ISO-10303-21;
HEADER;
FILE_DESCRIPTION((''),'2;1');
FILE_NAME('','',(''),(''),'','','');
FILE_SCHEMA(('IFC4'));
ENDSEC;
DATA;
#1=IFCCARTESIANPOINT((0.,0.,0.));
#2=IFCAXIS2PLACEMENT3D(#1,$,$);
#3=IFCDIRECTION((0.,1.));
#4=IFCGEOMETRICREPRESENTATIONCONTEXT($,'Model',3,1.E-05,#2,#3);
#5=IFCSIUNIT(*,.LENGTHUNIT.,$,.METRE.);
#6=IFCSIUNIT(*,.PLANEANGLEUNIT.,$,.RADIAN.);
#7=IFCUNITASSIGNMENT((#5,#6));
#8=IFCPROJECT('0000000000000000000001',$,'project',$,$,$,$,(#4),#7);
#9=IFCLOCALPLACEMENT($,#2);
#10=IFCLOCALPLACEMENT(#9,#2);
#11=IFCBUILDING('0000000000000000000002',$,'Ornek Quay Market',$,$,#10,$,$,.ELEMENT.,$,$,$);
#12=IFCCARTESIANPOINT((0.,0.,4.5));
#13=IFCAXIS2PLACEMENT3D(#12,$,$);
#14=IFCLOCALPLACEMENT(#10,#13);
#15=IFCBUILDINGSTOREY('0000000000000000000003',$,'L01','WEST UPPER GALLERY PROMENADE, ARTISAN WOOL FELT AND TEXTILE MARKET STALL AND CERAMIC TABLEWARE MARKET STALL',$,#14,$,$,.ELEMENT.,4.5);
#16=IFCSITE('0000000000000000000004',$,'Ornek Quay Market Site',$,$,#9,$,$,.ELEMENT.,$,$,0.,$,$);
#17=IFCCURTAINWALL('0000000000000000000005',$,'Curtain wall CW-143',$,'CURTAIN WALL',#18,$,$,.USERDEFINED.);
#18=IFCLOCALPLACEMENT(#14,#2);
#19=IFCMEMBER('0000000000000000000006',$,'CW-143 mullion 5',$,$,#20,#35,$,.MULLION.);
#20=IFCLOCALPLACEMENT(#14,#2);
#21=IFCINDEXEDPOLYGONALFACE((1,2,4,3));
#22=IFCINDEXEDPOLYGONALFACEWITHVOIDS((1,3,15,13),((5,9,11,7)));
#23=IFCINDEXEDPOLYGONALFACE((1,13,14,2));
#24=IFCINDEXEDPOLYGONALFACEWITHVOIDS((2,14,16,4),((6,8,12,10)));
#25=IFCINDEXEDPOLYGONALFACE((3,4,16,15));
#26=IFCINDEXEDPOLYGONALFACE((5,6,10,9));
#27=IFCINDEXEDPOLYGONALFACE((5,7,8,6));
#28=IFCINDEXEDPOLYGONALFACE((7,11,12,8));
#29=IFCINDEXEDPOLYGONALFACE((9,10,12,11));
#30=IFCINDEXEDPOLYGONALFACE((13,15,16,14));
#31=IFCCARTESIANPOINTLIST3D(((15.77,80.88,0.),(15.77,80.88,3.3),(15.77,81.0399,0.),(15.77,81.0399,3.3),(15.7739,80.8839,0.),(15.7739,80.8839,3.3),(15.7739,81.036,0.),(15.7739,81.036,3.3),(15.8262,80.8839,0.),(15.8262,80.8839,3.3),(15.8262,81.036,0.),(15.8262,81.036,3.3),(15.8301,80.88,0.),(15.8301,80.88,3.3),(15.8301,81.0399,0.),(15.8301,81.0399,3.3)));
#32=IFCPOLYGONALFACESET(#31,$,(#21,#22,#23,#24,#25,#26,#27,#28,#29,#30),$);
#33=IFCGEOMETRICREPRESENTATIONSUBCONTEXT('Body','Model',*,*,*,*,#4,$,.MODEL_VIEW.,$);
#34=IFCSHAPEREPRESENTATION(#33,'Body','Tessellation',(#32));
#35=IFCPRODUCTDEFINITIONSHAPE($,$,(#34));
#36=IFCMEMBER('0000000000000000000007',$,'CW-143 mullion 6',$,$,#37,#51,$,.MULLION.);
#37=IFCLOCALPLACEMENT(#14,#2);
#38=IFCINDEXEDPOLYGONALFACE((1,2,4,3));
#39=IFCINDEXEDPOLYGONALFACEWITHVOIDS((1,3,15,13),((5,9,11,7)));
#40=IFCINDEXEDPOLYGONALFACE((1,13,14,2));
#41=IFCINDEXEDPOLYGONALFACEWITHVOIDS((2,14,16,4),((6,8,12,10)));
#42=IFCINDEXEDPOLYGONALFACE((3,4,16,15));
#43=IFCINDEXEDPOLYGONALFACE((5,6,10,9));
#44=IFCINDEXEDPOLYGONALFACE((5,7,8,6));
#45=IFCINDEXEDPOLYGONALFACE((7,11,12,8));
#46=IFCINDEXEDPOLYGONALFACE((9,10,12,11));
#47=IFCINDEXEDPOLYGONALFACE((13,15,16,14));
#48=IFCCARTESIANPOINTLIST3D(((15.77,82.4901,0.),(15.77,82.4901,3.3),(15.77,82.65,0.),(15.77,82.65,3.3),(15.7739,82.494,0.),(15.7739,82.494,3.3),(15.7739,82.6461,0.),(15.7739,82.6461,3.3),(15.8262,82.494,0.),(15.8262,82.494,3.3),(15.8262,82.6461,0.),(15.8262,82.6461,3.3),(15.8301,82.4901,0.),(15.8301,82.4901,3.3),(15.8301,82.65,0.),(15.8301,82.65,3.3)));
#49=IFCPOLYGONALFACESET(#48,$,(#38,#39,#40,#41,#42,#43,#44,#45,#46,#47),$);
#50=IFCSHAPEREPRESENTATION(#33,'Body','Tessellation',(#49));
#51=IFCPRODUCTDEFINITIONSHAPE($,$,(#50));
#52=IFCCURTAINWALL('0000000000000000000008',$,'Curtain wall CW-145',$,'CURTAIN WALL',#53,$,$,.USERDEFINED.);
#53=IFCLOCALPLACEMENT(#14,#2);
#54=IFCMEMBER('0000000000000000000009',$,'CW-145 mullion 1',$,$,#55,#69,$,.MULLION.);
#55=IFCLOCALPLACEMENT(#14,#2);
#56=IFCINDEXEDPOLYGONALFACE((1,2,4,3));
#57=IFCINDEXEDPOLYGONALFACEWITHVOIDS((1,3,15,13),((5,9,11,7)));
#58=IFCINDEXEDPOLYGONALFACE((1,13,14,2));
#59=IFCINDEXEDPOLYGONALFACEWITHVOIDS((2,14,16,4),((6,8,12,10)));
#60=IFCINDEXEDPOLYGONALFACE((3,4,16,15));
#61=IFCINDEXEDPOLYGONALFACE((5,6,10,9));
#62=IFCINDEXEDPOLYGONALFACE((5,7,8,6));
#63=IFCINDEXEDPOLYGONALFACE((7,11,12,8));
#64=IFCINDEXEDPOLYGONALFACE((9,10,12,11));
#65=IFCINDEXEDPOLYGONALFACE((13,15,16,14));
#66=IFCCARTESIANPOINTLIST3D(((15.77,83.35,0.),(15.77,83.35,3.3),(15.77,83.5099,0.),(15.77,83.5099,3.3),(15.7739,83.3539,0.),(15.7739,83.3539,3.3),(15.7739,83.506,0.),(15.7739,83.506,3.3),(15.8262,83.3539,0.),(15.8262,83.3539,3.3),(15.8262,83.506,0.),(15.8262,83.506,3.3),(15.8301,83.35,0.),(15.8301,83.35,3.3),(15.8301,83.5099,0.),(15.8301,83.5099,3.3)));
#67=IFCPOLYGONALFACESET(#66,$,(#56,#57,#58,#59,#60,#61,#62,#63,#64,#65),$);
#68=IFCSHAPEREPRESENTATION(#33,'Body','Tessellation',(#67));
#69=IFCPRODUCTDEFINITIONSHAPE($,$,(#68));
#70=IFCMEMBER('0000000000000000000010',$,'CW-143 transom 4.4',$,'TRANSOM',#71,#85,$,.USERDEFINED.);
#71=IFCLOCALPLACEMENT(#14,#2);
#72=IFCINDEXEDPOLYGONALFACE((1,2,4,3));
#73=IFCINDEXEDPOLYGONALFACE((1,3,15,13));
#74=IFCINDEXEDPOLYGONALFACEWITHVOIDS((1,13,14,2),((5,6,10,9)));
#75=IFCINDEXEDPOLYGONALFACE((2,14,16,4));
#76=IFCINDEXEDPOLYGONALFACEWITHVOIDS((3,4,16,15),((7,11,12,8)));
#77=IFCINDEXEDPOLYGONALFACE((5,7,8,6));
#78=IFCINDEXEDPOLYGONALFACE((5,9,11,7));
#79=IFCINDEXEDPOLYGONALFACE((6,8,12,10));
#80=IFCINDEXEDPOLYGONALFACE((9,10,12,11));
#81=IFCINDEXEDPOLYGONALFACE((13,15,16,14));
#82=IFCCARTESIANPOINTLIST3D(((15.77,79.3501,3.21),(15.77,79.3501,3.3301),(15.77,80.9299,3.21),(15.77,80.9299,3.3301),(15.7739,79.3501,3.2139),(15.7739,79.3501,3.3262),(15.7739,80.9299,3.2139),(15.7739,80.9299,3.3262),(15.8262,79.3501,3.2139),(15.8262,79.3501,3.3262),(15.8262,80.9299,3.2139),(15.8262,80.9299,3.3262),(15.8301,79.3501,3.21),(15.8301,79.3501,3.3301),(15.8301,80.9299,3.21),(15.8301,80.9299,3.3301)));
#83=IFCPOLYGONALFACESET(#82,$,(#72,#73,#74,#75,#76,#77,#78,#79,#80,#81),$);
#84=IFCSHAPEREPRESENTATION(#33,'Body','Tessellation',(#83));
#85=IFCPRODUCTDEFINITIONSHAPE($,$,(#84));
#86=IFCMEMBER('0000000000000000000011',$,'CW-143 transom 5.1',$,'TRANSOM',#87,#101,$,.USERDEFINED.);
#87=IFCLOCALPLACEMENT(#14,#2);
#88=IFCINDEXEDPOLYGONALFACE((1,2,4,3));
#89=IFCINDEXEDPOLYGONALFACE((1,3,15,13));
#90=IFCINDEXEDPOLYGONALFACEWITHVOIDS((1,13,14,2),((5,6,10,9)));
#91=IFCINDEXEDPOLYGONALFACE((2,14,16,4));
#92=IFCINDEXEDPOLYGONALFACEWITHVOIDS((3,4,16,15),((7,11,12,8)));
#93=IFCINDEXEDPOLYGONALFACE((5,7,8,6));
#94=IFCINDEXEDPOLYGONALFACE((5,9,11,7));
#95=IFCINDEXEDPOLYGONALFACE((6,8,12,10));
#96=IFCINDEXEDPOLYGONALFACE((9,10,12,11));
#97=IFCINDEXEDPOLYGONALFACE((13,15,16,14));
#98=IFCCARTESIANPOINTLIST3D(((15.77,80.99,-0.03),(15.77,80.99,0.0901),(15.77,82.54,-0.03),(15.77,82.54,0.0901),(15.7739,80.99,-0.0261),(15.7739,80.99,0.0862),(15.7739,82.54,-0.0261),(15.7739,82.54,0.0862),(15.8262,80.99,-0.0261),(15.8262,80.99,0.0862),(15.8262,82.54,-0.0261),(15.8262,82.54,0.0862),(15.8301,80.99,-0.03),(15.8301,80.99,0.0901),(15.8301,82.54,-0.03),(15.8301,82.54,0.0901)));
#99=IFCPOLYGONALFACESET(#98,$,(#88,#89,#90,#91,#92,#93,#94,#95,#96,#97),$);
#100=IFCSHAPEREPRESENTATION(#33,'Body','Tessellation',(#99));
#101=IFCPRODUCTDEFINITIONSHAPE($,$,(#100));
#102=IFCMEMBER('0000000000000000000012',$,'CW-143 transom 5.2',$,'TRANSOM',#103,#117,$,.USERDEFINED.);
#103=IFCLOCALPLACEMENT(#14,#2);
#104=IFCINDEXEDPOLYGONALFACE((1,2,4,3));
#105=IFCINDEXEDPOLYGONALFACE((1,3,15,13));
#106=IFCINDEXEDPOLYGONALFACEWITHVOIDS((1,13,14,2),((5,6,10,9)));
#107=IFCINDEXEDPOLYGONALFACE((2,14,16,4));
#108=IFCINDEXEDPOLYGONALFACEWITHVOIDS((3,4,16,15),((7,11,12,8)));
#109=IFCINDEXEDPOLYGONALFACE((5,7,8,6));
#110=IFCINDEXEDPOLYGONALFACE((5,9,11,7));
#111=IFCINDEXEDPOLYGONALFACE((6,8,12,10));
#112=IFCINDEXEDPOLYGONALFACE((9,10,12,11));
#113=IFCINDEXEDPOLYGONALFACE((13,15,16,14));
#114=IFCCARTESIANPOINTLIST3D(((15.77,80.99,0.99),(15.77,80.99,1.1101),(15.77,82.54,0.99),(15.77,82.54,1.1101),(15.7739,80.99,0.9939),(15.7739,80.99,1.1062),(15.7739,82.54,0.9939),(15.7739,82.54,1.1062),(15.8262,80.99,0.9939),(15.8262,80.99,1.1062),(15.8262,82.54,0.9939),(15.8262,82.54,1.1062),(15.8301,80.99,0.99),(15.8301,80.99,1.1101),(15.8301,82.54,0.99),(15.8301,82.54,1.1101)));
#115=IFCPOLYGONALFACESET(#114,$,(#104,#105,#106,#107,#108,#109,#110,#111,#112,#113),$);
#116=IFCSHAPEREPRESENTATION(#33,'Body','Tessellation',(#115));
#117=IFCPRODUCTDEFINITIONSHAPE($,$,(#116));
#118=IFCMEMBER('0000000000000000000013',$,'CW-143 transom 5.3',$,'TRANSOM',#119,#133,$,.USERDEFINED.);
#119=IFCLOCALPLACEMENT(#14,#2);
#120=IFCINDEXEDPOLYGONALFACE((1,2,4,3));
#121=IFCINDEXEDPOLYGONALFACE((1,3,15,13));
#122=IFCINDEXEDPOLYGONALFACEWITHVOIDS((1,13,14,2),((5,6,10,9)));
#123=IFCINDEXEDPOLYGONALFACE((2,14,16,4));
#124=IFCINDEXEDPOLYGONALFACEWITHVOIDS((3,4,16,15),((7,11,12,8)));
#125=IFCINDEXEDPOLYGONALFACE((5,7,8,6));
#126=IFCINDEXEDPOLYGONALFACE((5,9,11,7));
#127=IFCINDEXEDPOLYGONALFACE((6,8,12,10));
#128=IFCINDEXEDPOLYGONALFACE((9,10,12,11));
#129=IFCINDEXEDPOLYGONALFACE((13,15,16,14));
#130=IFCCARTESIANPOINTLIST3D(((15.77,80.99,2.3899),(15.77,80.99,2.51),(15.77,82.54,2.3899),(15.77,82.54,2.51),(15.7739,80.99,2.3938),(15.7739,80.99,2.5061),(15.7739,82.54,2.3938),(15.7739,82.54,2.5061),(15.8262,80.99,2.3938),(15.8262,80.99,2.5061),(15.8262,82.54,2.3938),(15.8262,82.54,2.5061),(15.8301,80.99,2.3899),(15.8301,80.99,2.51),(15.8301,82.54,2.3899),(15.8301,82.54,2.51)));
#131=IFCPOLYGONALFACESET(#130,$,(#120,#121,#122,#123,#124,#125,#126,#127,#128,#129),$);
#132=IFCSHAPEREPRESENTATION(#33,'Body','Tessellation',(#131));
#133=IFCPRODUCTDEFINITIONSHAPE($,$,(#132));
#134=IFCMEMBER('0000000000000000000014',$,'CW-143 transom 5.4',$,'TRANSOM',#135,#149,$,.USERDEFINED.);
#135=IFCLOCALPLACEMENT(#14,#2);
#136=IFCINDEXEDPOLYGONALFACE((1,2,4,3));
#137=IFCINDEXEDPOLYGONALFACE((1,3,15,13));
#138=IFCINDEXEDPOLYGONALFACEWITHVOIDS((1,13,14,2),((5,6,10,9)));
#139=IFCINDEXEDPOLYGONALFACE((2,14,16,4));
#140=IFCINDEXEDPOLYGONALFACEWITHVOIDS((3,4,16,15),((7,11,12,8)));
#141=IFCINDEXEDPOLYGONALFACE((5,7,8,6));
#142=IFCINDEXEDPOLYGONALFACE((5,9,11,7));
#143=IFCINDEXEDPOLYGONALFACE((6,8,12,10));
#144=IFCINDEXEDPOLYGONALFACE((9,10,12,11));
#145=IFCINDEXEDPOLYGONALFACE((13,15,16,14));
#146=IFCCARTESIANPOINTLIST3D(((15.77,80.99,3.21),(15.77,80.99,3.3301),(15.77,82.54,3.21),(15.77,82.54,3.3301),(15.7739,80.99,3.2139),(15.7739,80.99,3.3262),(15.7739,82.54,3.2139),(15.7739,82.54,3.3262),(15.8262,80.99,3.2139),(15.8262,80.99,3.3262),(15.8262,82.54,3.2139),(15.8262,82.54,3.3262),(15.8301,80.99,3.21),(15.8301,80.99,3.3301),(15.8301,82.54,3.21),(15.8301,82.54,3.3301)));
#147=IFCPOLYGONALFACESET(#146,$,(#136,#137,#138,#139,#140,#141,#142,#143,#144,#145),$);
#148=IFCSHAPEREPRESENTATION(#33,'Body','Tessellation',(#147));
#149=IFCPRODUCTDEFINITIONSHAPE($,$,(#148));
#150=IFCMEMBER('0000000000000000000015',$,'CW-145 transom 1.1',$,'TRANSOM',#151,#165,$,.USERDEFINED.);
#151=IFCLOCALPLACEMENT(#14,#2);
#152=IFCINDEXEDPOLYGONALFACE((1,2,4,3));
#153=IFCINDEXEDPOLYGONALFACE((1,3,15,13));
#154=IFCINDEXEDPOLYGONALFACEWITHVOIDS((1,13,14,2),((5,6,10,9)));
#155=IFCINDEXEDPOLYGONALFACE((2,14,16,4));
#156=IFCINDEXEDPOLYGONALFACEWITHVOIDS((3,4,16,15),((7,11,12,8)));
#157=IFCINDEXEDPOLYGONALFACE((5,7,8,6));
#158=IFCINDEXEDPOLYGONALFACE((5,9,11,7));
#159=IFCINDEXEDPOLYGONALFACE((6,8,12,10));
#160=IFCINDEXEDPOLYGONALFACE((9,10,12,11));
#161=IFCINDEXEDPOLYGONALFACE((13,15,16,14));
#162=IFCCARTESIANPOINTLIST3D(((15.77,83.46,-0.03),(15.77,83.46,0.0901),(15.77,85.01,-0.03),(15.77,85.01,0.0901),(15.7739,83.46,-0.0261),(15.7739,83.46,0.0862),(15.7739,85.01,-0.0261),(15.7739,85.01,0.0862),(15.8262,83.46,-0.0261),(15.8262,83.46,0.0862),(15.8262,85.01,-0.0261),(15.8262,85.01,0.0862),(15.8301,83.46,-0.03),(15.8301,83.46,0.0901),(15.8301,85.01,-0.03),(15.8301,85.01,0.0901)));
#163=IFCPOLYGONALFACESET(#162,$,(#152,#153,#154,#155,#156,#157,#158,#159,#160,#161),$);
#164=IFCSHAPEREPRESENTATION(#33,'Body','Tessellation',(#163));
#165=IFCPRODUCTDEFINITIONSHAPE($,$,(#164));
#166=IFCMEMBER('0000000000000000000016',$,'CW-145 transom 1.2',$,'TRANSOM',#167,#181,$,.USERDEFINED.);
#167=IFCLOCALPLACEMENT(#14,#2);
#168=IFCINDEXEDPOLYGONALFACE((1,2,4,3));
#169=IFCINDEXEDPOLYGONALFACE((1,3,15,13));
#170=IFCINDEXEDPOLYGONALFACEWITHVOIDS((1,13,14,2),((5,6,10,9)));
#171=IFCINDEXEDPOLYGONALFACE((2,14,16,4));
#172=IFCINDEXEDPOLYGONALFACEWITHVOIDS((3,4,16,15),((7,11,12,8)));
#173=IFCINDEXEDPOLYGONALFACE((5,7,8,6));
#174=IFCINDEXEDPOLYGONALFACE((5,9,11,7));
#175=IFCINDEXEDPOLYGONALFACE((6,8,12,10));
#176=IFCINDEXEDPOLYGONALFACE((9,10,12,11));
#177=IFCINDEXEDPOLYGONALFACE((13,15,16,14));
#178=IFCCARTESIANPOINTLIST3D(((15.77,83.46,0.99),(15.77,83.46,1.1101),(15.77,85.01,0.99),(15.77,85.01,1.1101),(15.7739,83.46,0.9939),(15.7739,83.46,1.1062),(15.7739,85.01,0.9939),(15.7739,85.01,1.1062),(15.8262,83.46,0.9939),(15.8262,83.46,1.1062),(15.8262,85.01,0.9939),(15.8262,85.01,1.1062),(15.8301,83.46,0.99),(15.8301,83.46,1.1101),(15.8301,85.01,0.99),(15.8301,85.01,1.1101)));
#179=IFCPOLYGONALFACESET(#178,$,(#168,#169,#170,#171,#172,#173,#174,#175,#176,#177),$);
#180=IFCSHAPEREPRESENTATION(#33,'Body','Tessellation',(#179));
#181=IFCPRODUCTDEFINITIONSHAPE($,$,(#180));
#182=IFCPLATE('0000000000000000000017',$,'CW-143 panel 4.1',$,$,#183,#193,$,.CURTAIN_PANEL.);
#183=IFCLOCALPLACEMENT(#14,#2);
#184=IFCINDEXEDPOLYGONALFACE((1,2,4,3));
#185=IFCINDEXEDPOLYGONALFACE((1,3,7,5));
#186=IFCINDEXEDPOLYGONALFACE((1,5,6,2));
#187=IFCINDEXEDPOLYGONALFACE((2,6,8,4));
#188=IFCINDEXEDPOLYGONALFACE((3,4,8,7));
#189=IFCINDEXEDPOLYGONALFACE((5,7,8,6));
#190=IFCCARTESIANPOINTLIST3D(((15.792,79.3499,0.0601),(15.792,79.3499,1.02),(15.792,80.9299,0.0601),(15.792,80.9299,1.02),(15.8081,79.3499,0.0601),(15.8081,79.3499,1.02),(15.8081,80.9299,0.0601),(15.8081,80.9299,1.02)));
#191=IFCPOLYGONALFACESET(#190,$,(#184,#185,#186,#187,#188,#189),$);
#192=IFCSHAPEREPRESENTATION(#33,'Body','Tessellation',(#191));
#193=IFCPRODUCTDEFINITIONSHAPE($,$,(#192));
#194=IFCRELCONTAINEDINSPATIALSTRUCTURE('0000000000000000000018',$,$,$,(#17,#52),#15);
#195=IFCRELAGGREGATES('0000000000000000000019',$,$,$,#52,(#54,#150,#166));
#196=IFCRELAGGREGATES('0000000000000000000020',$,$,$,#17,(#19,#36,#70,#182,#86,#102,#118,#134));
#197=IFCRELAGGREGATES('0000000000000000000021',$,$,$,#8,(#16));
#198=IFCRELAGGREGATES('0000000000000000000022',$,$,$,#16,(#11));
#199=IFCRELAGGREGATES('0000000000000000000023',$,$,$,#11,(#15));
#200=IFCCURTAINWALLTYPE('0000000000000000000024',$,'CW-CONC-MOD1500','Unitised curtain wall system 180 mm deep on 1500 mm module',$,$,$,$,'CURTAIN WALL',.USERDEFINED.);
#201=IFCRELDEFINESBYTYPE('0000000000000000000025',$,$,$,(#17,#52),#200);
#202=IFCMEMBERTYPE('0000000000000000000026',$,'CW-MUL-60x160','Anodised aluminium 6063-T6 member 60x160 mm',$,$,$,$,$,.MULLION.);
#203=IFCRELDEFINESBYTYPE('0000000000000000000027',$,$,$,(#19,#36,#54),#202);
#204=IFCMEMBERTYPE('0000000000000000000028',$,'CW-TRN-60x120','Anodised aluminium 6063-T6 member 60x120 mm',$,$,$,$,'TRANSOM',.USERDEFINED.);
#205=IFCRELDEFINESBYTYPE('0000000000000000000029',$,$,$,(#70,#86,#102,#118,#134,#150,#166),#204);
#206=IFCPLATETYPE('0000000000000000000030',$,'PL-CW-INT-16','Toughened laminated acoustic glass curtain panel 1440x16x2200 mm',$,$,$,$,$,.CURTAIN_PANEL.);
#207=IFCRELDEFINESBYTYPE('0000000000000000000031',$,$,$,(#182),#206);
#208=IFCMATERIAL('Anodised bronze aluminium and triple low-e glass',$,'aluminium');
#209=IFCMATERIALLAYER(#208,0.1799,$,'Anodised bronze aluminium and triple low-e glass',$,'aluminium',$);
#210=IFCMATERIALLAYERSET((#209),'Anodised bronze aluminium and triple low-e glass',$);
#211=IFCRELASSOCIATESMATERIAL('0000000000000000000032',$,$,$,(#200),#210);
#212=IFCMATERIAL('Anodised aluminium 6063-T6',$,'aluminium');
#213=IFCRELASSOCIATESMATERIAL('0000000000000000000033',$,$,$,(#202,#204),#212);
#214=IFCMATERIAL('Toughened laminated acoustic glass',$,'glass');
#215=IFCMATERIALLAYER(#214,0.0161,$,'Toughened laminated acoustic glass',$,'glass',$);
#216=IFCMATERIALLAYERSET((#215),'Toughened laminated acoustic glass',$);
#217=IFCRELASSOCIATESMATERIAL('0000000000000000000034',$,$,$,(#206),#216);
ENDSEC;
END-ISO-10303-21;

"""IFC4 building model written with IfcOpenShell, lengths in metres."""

from ifc_helpers import new_model, si_unit, direction, frame, origin, origin_2d, place, context, subcontext, project, spatial, rectangle, hollow_rectangle, extrude, material, layer, layer_set, material_profile, profile_set, type_object, element, aggregate, save


model = new_model("IFC4")

# Units and contexts
model_context = context("Model", 3, precision=1e-05, world=origin(), true_north=direction((0.0, 1.0)))
body_context = subcontext(model_context, "Body", "Model", "MODEL_VIEW")
ifc_project = project(units=[si_unit("LENGTHUNIT", "METRE"), si_unit("PLANEANGLEUNIT", "RADIAN")], contexts=[model_context])

# Site, building, storey
site_placement = place(None, origin())
site = spatial("IfcSite", under=ifc_project, at=site_placement, Name="Ornek Quay Market Site", CompositionType="ELEMENT", RefElevation=0.0)
building_placement = place(site_placement, origin())
building = spatial("IfcBuilding", under=site, at=building_placement, Name="Ornek Quay Market", CompositionType="ELEMENT")
storey_placement = place(building_placement, frame((0.0, 0.0, 4.5)))
storey = spatial("IfcBuildingStorey", under=building, at=storey_placement, Name="L01", Description="WEST UPPER GALLERY PROMENADE, ARTISAN WOOL FELT AND TEXTILE MARKET STALL AND CERAMIC TABLEWARE MARKET STALL", CompositionType="ELEMENT", Elevation=4.5)

# Curtain wall, members
ifc_material_1 = material(Name="Anodised bronze aluminium and triple low-e glass", Category="aluminium")
ifc_layer_1 = layer(ifc_material_1, 0.1799, Name="Anodised bronze aluminium and triple low-e glass", Category="aluminium")
ifc_layer_set_1 = layer_set([ifc_layer_1], Name="Anodised bronze aluminium and triple low-e glass")
curtain_wall_type = type_object("IfcCurtainWallType", Name="CW-CONC-MOD1500", Description="Unitised curtain wall system 180 mm deep on 1500 mm module", ElementType="CURTAIN WALL", PredefinedType="USERDEFINED", material=ifc_layer_set_1)
curtain_wall_1_placement = place(storey_placement, origin())
curtain_wall_1 = element("IfcCurtainWall", 1, at=curtain_wall_1_placement, inside=storey, type_object=curtain_wall_type, Name="Curtain wall CW-143", ObjectType="CURTAIN WALL", PredefinedType="USERDEFINED")
ifc_material_2 = material(Name="Anodised aluminium 6063-T6", Category="aluminium")
ifc_material_profile_1 = material_profile(ifc_material_2, hollow_rectangle(XDim=0.0601, YDim=0.1599, WallThickness=0.0039, at=origin_2d()), Name="CW-MUL-60x160", Category="aluminium")
ifc_profile_set_1 = profile_set([ifc_material_profile_1], Name="Anodised aluminium 6063-T6")
member_type_1 = type_object("IfcMemberType", Name="CW-MUL-60x160", Description="Anodised aluminium 6063-T6 member 60x160 mm", PredefinedType="MULLION", material=ifc_profile_set_1)
member_1_placement = place(storey_placement, frame((15.8, 80.96, 0.0), z_axis=(0.0, 0.0, 1.0), x_axis=(-1.0, 0.0, 0.0)))
member_1 = element("IfcMember", 2, at=member_1_placement, type_object=member_type_1, Name="CW-143 mullion 5", PredefinedType="MULLION", context=body_context, shape_type="SweptSolid", body=[
    extrude(hollow_rectangle(XDim=0.0601, YDim=0.1599, WallThickness=0.0039, at=origin_2d()), origin(), (0.0, 0.0, 1.0), 3.3),
])
member_2_placement = place(storey_placement, frame((15.8, 82.5701, 0.0), z_axis=(0.0, 0.0, 1.0), x_axis=(-1.0, 0.0, 0.0)))
member_2 = element("IfcMember", 3, at=member_2_placement, type_object=member_type_1, Name="CW-143 mullion 6", PredefinedType="MULLION", context=body_context, shape_type="SweptSolid", body=[
    extrude(hollow_rectangle(XDim=0.0601, YDim=0.1599, WallThickness=0.0039, at=origin_2d()), origin(), (0.0, 0.0, 1.0), 3.3),
])

# Curtain wall, member
curtain_wall_2_placement = place(storey_placement, origin())
curtain_wall_2 = element("IfcCurtainWall", 4, at=curtain_wall_2_placement, inside=storey, type_object=curtain_wall_type, Name="Curtain wall CW-145", ObjectType="CURTAIN WALL", PredefinedType="USERDEFINED")
member_3_placement = place(storey_placement, frame((15.8, 83.4299, 0.0), z_axis=(0.0, 0.0, 1.0), x_axis=(-1.0, 0.0, 0.0)))
member_3 = element("IfcMember", 5, at=member_3_placement, type_object=member_type_1, Name="CW-145 mullion 1", PredefinedType="MULLION", context=body_context, shape_type="SweptSolid", body=[
    extrude(hollow_rectangle(XDim=0.0601, YDim=0.1599, WallThickness=0.0039, at=origin_2d()), origin(), (0.0, 0.0, 1.0), 3.3),
])

# Members
ifc_material_profile_2 = material_profile(ifc_material_2, hollow_rectangle(XDim=0.0601, YDim=0.1201, WallThickness=0.0039, at=origin_2d()), Name="CW-TRN-60x120", Category="aluminium")
ifc_profile_set_2 = profile_set([ifc_material_profile_2], Name="Anodised aluminium 6063-T6")
member_type_2 = type_object("IfcMemberType", Name="CW-TRN-60x120", Description="Anodised aluminium 6063-T6 member 60x120 mm", ElementType="TRANSOM", PredefinedType="USERDEFINED", material=ifc_profile_set_2)
member_4_placement = place(storey_placement, frame((15.8, 79.3501, 3.27), z_axis=(0.0, 1.0, 0.0), x_axis=(-1.0, 0.0, 0.0)))
member_4 = element("IfcMember", 6, at=member_4_placement, type_object=member_type_2, Name="CW-143 transom 4.4", ObjectType="TRANSOM", PredefinedType="USERDEFINED", context=body_context, shape_type="SweptSolid", body=[
    extrude(hollow_rectangle(XDim=0.0601, YDim=0.1201, WallThickness=0.0039, at=origin_2d()), origin(), (0.0, 0.0, 1.0), 1.5798),
])
member_5_placement = place(storey_placement, frame((15.8, 80.99, 0.03), z_axis=(0.0, 1.0, 0.0), x_axis=(-1.0, 0.0, 0.0)))
member_5 = element("IfcMember", 7, at=member_5_placement, type_object=member_type_2, Name="CW-143 transom 5.1", ObjectType="TRANSOM", PredefinedType="USERDEFINED", context=body_context, shape_type="SweptSolid", body=[
    extrude(hollow_rectangle(XDim=0.0601, YDim=0.1201, WallThickness=0.0039, at=origin_2d()), origin(), (0.0, 0.0, 1.0), 1.55),
])
member_6_placement = place(storey_placement, frame((15.8, 80.99, 1.05), z_axis=(0.0, 1.0, 0.0), x_axis=(-1.0, 0.0, 0.0)))
member_6 = element("IfcMember", 8, at=member_6_placement, type_object=member_type_2, Name="CW-143 transom 5.2", ObjectType="TRANSOM", PredefinedType="USERDEFINED", context=body_context, shape_type="SweptSolid", body=[
    extrude(hollow_rectangle(XDim=0.0601, YDim=0.1201, WallThickness=0.0039, at=origin_2d()), origin(), (0.0, 0.0, 1.0), 1.55),
])
member_7_placement = place(storey_placement, frame((15.8, 80.99, 2.45), z_axis=(0.0, 1.0, 0.0), x_axis=(-1.0, 0.0, 0.0)))
member_7 = element("IfcMember", 9, at=member_7_placement, type_object=member_type_2, Name="CW-143 transom 5.3", ObjectType="TRANSOM", PredefinedType="USERDEFINED", context=body_context, shape_type="SweptSolid", body=[
    extrude(hollow_rectangle(XDim=0.0601, YDim=0.1201, WallThickness=0.0039, at=origin_2d()), origin(), (0.0, 0.0, 1.0), 1.55),
])
member_8_placement = place(storey_placement, frame((15.8, 80.99, 3.27), z_axis=(0.0, 1.0, 0.0), x_axis=(-1.0, 0.0, 0.0)))
member_8 = element("IfcMember", 10, at=member_8_placement, type_object=member_type_2, Name="CW-143 transom 5.4", ObjectType="TRANSOM", PredefinedType="USERDEFINED", context=body_context, shape_type="SweptSolid", body=[
    extrude(hollow_rectangle(XDim=0.0601, YDim=0.1201, WallThickness=0.0039, at=origin_2d()), origin(), (0.0, 0.0, 1.0), 1.55),
])
member_9_placement = place(storey_placement, frame((15.8, 83.46, 0.03), z_axis=(0.0, 1.0, 0.0), x_axis=(-1.0, 0.0, 0.0)))
member_9 = element("IfcMember", 11, at=member_9_placement, type_object=member_type_2, Name="CW-145 transom 1.1", ObjectType="TRANSOM", PredefinedType="USERDEFINED", context=body_context, shape_type="SweptSolid", body=[
    extrude(hollow_rectangle(XDim=0.0601, YDim=0.1201, WallThickness=0.0039, at=origin_2d()), origin(), (0.0, 0.0, 1.0), 1.55),
])
member_10_placement = place(storey_placement, frame((15.8, 83.46, 1.05), z_axis=(0.0, 1.0, 0.0), x_axis=(-1.0, 0.0, 0.0)))
member_10 = element("IfcMember", 12, at=member_10_placement, type_object=member_type_2, Name="CW-145 transom 1.2", ObjectType="TRANSOM", PredefinedType="USERDEFINED", context=body_context, shape_type="SweptSolid", body=[
    extrude(hollow_rectangle(XDim=0.0601, YDim=0.1201, WallThickness=0.0039, at=origin_2d()), origin(), (0.0, 0.0, 1.0), 1.55),
])
aggregate(curtain_wall_2, [member_3, member_9, member_10])

# Plate
ifc_material_3 = material(Name="Toughened laminated acoustic glass", Category="glass")
ifc_layer_2 = layer(ifc_material_3, 0.0161, Name="Toughened laminated acoustic glass", Category="glass")
ifc_layer_set_2 = layer_set([ifc_layer_2], Name="Toughened laminated acoustic glass")
plate_type = type_object("IfcPlateType", Name="PL-CW-INT-16", Description="Toughened laminated acoustic glass curtain panel 1440x16x2200 mm", PredefinedType="CURTAIN_PANEL", material=ifc_layer_set_2)
plate_1_placement = place(storey_placement, frame((15.8, 80.1399, 0.0601), z_axis=(0.0, 0.0, 1.0), x_axis=(0.0, 1.0, 0.0)))
plate_1 = element("IfcPlate", 13, at=plate_1_placement, type_object=plate_type, Name="CW-143 panel 4.1", PredefinedType="CURTAIN_PANEL", context=body_context, shape_type="SweptSolid", body=[
    extrude(rectangle(XDim=1.5801, YDim=0.0161, at=origin_2d()), origin(), (0.0, 0.0, 1.0), 0.96),
])
aggregate(curtain_wall_1, [member_1, member_2, member_4, plate_1, member_5, member_6, member_7, member_8])

save(model, "model.ifc")
